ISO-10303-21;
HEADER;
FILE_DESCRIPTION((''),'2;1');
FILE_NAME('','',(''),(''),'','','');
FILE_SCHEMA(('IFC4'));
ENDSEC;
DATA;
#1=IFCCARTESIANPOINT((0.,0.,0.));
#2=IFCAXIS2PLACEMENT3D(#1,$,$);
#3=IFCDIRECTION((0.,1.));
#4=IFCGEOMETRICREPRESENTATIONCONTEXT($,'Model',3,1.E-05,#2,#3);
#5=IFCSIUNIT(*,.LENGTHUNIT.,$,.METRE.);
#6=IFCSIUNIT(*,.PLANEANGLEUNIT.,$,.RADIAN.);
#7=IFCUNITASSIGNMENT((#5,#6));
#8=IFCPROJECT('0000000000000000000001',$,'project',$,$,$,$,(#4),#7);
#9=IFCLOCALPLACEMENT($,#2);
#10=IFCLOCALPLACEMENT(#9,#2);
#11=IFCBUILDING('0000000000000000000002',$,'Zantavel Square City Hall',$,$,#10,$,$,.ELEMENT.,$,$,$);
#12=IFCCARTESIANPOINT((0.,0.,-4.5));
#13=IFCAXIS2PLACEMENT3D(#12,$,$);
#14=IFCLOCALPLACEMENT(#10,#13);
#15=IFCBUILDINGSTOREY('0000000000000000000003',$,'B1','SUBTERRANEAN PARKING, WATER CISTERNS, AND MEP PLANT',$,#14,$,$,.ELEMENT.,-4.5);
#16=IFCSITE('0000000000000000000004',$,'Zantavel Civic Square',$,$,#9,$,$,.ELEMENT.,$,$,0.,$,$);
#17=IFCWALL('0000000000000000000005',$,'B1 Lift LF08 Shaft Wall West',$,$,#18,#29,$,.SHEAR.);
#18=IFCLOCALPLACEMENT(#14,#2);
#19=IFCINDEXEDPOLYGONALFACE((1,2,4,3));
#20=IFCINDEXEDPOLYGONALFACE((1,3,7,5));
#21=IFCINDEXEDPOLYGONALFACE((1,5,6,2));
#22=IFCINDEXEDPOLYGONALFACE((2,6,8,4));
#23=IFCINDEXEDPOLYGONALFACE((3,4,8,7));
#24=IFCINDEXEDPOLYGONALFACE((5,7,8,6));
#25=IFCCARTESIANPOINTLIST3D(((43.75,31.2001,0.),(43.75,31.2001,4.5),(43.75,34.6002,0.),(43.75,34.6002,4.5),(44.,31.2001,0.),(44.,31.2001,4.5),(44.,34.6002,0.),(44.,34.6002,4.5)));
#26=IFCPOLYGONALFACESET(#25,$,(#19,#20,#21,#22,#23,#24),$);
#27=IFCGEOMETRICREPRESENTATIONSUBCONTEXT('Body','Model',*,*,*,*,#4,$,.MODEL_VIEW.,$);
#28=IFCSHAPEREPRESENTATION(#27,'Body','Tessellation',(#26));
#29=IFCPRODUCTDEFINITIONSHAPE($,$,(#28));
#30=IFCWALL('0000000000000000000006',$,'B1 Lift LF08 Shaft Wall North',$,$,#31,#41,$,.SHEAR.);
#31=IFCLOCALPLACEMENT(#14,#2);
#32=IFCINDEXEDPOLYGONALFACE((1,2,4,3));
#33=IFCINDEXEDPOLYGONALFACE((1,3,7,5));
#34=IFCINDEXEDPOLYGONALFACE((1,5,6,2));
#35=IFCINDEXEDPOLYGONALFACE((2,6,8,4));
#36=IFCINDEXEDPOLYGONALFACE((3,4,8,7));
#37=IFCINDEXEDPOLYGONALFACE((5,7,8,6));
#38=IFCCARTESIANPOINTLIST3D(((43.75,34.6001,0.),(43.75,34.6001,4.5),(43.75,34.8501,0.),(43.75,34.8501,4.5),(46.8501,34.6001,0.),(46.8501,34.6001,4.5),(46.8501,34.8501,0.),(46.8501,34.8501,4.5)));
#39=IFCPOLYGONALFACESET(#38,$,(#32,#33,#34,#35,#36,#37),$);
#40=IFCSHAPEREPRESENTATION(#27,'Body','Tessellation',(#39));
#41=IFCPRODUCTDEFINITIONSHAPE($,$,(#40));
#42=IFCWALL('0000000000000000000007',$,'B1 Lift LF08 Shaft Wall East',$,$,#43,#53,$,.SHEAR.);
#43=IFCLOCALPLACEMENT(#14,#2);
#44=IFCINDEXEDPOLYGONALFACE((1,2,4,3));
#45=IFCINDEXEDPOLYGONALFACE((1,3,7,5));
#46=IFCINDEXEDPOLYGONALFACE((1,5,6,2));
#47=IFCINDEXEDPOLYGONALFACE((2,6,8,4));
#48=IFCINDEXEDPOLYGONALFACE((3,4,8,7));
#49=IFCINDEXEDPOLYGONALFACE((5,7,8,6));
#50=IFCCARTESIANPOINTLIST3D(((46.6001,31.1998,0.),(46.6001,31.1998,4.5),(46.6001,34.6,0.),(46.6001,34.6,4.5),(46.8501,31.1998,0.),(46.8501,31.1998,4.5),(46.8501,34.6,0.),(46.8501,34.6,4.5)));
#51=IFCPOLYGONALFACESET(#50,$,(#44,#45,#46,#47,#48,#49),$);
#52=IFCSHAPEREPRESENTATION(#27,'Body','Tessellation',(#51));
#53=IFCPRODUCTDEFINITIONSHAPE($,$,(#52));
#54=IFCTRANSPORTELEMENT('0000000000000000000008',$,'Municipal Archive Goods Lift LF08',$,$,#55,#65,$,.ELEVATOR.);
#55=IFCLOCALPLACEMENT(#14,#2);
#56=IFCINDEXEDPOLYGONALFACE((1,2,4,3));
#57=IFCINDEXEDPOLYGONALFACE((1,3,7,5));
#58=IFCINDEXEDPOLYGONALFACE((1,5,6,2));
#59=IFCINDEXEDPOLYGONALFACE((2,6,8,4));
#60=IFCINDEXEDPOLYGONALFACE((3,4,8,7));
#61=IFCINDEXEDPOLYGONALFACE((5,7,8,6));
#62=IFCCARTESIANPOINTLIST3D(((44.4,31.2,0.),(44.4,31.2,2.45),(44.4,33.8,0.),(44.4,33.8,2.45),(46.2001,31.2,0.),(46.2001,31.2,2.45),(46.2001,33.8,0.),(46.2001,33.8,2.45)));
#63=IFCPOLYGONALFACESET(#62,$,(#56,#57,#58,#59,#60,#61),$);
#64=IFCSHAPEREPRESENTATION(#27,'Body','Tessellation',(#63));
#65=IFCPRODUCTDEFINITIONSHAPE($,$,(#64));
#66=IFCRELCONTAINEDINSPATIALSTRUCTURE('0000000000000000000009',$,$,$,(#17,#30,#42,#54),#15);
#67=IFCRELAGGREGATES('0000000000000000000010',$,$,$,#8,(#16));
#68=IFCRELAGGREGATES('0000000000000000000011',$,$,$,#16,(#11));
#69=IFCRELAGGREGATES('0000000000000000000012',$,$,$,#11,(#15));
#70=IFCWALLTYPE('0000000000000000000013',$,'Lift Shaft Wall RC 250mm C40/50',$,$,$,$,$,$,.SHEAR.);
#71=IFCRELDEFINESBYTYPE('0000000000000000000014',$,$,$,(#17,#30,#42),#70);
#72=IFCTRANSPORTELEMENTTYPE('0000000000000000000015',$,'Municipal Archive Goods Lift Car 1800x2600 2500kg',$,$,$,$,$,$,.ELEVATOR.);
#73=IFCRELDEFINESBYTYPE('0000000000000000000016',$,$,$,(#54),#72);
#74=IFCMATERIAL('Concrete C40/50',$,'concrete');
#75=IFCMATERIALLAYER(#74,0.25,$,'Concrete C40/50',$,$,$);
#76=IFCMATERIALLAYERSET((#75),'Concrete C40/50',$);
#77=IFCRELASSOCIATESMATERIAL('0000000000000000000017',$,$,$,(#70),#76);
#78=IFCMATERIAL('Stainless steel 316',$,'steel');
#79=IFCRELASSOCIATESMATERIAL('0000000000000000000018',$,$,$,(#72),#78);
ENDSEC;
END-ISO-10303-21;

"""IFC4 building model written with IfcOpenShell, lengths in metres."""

from ifc_helpers import new_model, si_unit, direction, frame, frame_2d, origin, origin_2d, place, context, subcontext, project, spatial, rectangle, extrude, material, layer, layer_set, type_object, element, save


model = new_model("IFC4")

# Units and contexts
model_context = context("Model", 3, precision=1e-05, world=origin(), true_north=direction((0.0, 1.0)))
body_context = subcontext(model_context, "Body", "Model", "MODEL_VIEW")
ifc_project = project(units=[si_unit("LENGTHUNIT", "METRE"), si_unit("PLANEANGLEUNIT", "RADIAN")], contexts=[model_context])

# Site, building, storey
site_placement = place(None, origin())
site = spatial("IfcSite", under=ifc_project, at=site_placement, Name="Zantavel Civic Square", CompositionType="ELEMENT", RefElevation=0.0)
building_placement = place(site_placement, origin())
building = spatial("IfcBuilding", under=site, at=building_placement, Name="Zantavel Square City Hall", CompositionType="ELEMENT")
storey_placement = place(building_placement, frame((0.0, 0.0, -4.5)))
storey = spatial("IfcBuildingStorey", under=building, at=storey_placement, Name="B1", Description="SUBTERRANEAN PARKING, WATER CISTERNS, AND MEP PLANT", CompositionType="ELEMENT", Elevation=-4.5)

# Shared definitions
ifc_material_1 = material(Name="Concrete C40/50", Category="concrete")

# Shared definitions
ifc_layer_1 = layer(ifc_material_1, 0.25, Name="Concrete C40/50")
ifc_layer_set_1 = layer_set([ifc_layer_1], Name="Concrete C40/50")
wall_type = type_object("IfcWallType", Name="Lift Shaft Wall RC 250mm C40/50", PredefinedType="SHEAR", material=ifc_layer_set_1)

# Shared definitions
ifc_material_2 = material(Name="Stainless steel 316", Category="steel")

# Walls
wall_1_placement = place(storey_placement, frame((43.875, 31.2, 0.0), z_axis=(0.0, 0.0, 1.0), x_axis=(0.0, 1.0, 0.0)))
element("IfcWall", 1, at=wall_1_placement, inside=storey, type_object=wall_type, Name="B1 Lift LF08 Shaft Wall West", PredefinedType="SHEAR", context=body_context, shape_type="SweptSolid", body=[
    extrude(rectangle(XDim=3.4001, YDim=0.25, at=frame_2d((1.7002, 0.0))), origin(), (0.0, 0.0, 1.0), 4.5),
])
wall_2_placement = place(storey_placement, frame((43.75, 34.7251, 0.0), z_axis=(0.0, 0.0, 1.0), x_axis=(1.0, 0.0, 0.0)))
element("IfcWall", 2, at=wall_2_placement, inside=storey, type_object=wall_type, Name="B1 Lift LF08 Shaft Wall North", PredefinedType="SHEAR", context=body_context, shape_type="SweptSolid", body=[
    extrude(rectangle(XDim=3.1001, YDim=0.25, at=frame_2d((1.55, 0.0))), origin(), (0.0, 0.0, 1.0), 4.5),
])
wall_3_placement = place(storey_placement, frame((46.7251, 34.6001, 0.0), z_axis=(0.0, 0.0, 1.0), x_axis=(0.0, -1.0, 0.0)))
element("IfcWall", 3, at=wall_3_placement, inside=storey, type_object=wall_type, Name="B1 Lift LF08 Shaft Wall East", PredefinedType="SHEAR", context=body_context, shape_type="SweptSolid", body=[
    extrude(rectangle(XDim=3.4001, YDim=0.25, at=frame_2d((1.7002, 0.0))), origin(), (0.0, 0.0, 1.0), 4.5),
])

# Transport element
transport_element_type = type_object("IfcTransportElementType", Name="Municipal Archive Goods Lift Car 1800x2600 2500kg", PredefinedType="ELEVATOR", material=ifc_material_2)
transport_element_placement = place(storey_placement, frame((45.3, 32.5, 0.0), z_axis=(0.0, 0.0, 1.0), x_axis=(1.0, 0.0, 0.0)))
element("IfcTransportElement", 4, at=transport_element_placement, inside=storey, type_object=transport_element_type, Name="Municipal Archive Goods Lift LF08", PredefinedType="ELEVATOR", context=body_context, shape_type="SweptSolid", body=[
    extrude(rectangle(XDim=1.8, YDim=2.6001, at=origin_2d()), origin(), (0.0, 0.0, 1.0), 2.45),
])

save(model, "model.ifc")
